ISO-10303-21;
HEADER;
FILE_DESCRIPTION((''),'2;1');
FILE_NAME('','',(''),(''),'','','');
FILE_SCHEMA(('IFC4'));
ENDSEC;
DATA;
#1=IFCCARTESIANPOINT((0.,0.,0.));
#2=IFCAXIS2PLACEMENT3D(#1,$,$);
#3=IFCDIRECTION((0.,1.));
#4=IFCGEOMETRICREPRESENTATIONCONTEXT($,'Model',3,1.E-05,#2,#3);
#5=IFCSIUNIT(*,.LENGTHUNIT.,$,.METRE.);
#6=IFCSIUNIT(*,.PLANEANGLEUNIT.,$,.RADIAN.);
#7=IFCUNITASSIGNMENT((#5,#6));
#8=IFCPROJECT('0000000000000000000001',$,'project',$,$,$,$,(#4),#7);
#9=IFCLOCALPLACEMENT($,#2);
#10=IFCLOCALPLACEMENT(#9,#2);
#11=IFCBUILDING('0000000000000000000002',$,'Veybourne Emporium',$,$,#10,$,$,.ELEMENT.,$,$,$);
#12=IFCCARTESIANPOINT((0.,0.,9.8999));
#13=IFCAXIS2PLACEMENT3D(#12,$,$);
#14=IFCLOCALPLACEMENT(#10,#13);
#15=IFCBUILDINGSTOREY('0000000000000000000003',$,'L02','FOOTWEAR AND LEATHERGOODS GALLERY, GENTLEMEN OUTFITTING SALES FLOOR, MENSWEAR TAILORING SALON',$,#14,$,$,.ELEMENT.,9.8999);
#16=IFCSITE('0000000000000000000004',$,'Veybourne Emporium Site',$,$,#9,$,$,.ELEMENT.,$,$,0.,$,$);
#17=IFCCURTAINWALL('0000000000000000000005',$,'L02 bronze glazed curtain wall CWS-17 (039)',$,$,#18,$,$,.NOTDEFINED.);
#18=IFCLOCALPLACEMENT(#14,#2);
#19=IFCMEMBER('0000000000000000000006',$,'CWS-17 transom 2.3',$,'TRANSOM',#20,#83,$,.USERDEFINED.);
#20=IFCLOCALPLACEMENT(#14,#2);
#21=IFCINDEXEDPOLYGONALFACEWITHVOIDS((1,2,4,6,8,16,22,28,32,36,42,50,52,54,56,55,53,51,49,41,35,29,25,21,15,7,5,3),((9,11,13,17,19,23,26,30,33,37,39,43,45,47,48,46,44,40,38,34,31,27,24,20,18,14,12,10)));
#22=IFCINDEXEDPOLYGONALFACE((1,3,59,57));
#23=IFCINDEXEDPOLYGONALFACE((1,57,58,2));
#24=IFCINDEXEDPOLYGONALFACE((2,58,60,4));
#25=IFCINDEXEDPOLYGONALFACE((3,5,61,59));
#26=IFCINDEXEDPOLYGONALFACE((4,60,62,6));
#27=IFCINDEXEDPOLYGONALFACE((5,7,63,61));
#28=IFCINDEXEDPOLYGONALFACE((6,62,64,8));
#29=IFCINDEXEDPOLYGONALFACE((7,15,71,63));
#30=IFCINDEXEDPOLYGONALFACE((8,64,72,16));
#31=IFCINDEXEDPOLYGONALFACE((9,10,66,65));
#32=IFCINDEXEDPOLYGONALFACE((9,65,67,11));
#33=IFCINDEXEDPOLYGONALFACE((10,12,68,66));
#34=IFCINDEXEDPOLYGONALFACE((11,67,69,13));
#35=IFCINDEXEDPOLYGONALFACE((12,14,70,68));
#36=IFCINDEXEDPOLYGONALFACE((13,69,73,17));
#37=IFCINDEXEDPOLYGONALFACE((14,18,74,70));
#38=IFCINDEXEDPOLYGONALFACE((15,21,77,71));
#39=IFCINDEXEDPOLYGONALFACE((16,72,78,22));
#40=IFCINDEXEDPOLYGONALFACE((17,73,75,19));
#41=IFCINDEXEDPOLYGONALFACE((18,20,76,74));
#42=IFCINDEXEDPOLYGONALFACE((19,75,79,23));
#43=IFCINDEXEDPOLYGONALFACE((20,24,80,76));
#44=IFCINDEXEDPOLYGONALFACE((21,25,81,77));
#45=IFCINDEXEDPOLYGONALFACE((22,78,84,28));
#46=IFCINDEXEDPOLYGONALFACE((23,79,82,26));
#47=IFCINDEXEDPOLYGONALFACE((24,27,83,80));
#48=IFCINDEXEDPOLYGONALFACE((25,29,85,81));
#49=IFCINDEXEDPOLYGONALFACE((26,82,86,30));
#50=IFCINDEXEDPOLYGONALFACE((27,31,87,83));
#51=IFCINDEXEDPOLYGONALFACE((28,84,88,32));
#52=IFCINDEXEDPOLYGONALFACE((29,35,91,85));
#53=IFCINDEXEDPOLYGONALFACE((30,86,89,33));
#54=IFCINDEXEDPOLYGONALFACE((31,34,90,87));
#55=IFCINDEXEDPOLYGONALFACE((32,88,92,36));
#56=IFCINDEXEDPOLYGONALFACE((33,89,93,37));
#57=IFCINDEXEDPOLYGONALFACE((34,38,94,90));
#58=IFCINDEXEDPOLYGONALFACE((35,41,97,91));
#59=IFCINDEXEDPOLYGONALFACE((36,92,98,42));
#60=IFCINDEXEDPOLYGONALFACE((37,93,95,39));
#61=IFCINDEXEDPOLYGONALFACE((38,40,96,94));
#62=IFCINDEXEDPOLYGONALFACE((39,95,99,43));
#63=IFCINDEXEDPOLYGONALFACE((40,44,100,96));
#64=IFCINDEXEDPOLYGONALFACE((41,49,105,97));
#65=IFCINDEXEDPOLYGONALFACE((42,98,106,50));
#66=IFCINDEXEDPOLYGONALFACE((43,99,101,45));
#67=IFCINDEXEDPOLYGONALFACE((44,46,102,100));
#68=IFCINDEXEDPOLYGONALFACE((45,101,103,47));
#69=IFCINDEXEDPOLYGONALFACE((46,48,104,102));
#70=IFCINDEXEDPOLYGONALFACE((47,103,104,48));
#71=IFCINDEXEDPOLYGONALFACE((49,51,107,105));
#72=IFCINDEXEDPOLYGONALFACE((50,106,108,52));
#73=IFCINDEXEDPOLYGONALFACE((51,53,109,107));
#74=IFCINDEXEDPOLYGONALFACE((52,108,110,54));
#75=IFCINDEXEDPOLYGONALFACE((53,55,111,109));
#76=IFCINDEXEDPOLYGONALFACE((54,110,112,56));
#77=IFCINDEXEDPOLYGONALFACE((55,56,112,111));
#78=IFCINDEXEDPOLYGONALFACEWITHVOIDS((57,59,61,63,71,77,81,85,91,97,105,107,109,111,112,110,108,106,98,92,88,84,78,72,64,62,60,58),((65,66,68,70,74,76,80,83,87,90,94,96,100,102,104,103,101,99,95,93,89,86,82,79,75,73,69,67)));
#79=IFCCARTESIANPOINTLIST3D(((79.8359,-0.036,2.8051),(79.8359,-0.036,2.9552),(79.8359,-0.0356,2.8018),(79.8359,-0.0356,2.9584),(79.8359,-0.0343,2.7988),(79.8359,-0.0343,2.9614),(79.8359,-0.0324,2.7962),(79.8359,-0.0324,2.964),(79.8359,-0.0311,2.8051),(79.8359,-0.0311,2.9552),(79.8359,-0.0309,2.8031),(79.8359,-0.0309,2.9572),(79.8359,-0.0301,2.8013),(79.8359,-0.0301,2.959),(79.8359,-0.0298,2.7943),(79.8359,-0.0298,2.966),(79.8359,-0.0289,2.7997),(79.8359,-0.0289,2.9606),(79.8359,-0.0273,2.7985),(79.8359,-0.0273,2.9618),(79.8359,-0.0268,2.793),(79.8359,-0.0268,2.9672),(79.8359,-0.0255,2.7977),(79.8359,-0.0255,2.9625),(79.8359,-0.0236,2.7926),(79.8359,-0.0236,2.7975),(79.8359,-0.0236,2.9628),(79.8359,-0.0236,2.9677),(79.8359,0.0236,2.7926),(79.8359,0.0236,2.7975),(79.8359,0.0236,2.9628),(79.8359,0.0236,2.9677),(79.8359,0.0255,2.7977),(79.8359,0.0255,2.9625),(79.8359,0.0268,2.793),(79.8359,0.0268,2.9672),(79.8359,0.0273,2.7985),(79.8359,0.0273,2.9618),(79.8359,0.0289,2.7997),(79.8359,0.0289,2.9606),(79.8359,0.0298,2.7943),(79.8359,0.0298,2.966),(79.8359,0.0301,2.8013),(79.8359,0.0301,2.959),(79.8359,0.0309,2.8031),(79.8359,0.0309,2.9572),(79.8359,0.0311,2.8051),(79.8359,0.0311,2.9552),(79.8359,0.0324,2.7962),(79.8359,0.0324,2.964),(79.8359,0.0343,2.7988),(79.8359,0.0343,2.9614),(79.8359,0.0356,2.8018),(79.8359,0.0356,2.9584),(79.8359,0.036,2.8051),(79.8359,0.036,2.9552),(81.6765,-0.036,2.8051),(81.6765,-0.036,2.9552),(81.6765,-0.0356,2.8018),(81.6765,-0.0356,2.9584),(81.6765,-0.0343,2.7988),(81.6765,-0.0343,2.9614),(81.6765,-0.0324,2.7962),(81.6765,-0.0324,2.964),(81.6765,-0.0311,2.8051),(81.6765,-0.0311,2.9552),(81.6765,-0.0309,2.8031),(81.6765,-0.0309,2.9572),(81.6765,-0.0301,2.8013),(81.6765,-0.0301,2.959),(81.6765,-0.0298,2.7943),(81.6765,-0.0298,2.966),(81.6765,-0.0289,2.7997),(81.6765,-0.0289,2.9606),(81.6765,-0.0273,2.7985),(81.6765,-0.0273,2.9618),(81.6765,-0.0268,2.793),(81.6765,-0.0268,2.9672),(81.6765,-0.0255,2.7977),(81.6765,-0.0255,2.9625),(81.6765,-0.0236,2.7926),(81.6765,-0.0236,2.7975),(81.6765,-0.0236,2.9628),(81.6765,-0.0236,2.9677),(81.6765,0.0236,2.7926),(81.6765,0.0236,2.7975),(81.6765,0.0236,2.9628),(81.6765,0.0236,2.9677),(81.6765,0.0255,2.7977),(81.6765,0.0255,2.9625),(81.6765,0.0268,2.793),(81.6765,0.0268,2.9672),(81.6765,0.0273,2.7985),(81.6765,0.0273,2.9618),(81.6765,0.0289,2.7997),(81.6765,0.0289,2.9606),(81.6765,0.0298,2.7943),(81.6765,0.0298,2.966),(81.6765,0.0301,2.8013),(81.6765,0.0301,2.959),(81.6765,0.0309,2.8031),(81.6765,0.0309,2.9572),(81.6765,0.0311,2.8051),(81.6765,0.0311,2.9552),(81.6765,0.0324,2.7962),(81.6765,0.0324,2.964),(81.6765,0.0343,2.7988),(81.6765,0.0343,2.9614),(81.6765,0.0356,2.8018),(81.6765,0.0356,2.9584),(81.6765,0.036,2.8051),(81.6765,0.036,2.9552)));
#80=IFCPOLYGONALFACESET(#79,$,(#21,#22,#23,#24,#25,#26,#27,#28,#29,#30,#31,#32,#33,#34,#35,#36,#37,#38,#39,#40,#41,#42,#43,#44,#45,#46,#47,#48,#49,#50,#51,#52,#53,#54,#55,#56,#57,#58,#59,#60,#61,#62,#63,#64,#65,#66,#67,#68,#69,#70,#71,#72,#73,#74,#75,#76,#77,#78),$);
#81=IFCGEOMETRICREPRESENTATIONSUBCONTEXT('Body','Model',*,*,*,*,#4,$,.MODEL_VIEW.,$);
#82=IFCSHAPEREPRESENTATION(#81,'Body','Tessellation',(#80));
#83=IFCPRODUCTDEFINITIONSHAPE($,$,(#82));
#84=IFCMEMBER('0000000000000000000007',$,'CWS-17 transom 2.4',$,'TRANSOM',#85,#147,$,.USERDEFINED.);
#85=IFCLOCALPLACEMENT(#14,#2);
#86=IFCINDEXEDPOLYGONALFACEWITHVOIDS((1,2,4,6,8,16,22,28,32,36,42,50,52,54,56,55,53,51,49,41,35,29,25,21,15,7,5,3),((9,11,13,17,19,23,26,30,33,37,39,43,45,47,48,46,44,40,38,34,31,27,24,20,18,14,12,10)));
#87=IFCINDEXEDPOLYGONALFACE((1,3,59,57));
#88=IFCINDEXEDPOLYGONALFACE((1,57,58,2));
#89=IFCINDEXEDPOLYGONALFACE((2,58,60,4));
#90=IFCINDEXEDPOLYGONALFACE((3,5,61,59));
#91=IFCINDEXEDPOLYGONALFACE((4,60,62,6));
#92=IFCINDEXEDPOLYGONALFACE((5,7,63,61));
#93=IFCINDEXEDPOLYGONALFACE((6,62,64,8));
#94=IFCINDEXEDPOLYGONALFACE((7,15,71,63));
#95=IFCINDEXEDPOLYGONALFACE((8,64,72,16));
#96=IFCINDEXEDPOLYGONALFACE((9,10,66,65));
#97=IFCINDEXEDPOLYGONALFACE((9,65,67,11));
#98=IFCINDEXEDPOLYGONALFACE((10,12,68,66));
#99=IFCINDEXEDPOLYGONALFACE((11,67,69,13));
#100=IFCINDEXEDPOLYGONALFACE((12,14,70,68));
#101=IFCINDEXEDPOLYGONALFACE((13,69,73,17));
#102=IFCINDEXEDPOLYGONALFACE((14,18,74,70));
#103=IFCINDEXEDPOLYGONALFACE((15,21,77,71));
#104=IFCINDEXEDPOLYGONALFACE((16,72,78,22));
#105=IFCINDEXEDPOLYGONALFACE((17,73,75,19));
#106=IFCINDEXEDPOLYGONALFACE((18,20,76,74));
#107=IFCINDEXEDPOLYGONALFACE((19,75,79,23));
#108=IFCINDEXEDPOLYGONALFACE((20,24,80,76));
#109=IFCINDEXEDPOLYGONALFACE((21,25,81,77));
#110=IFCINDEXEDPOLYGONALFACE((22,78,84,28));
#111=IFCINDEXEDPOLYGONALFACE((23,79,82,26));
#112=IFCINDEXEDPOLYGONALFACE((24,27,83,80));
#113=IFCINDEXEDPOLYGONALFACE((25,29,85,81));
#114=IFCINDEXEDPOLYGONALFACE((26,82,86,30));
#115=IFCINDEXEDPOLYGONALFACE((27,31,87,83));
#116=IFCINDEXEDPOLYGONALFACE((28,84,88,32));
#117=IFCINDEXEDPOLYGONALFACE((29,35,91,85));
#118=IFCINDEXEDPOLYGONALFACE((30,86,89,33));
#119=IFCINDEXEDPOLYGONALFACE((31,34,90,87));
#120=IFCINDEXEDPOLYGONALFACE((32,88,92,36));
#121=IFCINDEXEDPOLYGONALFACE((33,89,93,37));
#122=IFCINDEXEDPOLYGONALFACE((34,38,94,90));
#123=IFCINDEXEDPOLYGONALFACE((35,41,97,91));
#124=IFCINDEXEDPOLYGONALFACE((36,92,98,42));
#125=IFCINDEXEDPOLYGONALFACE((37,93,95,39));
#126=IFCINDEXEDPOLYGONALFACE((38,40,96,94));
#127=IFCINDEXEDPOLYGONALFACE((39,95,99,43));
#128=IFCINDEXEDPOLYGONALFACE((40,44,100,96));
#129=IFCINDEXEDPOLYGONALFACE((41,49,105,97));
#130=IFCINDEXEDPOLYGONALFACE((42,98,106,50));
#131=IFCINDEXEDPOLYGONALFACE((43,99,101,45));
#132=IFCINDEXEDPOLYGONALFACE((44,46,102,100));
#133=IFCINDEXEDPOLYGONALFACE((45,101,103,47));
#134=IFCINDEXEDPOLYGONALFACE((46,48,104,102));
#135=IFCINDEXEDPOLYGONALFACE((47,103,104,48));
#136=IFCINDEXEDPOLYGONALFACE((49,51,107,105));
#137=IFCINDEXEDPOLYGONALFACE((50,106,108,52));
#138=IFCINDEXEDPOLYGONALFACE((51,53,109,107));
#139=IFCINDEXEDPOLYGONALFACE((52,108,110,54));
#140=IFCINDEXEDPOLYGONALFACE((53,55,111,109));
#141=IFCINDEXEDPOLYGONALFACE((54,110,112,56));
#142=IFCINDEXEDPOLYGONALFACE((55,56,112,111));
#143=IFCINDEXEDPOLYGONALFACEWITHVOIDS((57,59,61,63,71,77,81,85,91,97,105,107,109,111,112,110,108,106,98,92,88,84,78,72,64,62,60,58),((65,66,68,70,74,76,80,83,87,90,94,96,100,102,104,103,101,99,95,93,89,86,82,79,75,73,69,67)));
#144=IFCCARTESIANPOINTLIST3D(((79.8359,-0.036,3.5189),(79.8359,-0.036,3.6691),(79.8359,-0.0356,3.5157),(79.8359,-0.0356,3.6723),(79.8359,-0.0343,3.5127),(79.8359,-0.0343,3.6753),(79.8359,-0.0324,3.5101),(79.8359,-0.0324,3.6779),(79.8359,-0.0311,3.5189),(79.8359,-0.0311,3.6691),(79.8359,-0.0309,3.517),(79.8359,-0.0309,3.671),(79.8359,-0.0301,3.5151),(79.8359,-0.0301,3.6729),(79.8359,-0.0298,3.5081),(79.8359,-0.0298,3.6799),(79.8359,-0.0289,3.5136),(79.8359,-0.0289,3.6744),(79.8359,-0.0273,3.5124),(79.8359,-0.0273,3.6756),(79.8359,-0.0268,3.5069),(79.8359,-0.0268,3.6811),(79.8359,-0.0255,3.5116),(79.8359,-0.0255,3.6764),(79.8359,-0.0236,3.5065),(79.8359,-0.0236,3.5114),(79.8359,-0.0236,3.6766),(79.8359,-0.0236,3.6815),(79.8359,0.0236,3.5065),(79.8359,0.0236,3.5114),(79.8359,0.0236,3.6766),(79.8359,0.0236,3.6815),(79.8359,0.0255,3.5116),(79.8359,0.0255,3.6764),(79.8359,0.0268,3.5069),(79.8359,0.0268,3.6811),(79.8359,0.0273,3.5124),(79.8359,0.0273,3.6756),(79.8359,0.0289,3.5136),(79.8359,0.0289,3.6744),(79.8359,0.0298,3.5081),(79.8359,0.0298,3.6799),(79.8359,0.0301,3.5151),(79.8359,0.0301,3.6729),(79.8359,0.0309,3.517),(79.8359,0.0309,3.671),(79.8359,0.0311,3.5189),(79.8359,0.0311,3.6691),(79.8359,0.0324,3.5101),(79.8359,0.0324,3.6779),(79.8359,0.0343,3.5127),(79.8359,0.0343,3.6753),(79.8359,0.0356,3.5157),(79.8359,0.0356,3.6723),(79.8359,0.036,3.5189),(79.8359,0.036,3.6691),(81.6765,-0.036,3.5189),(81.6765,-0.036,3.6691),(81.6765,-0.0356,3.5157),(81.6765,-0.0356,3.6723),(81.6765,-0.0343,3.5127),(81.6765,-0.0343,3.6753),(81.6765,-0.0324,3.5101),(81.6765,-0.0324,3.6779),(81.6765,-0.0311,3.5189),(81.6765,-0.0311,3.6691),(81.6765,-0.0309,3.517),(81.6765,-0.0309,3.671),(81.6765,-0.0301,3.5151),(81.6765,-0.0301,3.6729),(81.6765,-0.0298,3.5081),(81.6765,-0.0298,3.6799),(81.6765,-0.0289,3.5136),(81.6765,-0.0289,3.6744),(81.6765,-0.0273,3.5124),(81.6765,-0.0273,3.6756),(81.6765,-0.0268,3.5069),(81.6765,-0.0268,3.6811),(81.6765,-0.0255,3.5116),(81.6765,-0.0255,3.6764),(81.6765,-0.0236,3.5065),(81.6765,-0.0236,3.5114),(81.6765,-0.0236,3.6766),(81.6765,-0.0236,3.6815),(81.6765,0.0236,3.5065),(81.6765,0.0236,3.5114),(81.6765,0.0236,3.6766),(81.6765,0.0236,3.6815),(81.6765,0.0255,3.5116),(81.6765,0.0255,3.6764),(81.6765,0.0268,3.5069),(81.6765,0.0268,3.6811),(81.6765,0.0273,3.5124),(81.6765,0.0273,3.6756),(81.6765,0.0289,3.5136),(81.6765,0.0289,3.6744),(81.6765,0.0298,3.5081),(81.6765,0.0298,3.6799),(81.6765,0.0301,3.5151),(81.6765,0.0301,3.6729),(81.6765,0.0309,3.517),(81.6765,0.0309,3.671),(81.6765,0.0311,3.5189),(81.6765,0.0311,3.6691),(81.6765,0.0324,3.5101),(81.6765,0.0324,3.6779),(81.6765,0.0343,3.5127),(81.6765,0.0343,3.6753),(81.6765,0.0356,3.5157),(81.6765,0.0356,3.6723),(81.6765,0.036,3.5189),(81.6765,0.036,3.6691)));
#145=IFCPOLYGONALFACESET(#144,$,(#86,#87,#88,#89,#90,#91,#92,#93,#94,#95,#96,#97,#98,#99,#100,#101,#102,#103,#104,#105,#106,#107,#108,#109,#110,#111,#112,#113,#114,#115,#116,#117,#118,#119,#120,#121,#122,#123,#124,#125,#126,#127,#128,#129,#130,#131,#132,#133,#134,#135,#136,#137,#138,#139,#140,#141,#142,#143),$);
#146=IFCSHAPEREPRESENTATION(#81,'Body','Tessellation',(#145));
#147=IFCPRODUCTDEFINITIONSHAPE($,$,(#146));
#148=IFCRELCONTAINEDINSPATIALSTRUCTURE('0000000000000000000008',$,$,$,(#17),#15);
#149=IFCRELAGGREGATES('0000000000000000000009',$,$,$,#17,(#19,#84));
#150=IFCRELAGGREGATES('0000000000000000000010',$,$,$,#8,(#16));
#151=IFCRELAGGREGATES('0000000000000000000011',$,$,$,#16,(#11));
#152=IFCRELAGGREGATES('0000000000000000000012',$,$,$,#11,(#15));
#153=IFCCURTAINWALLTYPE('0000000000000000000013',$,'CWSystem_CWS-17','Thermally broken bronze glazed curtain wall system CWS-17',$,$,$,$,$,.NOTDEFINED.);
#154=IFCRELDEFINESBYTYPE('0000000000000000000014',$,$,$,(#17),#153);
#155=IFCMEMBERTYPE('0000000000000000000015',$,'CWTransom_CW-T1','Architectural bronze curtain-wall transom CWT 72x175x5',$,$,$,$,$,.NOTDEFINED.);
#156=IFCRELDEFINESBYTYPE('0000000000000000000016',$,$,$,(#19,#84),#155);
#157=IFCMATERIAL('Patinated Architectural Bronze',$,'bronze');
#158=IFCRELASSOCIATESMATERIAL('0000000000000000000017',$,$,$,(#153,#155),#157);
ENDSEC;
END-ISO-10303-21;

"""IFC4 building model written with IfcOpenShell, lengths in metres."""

from ifc_helpers import new_model, si_unit, direction, frame, origin, origin_2d, place, context, subcontext, project, spatial, hollow_rectangle, extrude, material, material_profile, profile_set, type_object, element, aggregate, save


model = new_model("IFC4")

# Units and contexts
model_context = context("Model", 3, precision=1e-05, world=origin(), true_north=direction((0.0, 1.0)))
body_context = subcontext(model_context, "Body", "Model", "MODEL_VIEW")
ifc_project = project(units=[si_unit("LENGTHUNIT", "METRE"), si_unit("PLANEANGLEUNIT", "RADIAN")], contexts=[model_context])

# Site, building, storey
site_placement = place(None, origin())
site = spatial("IfcSite", under=ifc_project, at=site_placement, Name="Veybourne Emporium Site", CompositionType="ELEMENT", RefElevation=0.0)
building_placement = place(site_placement, origin())
building = spatial("IfcBuilding", under=site, at=building_placement, Name="Veybourne Emporium", CompositionType="ELEMENT")
storey_placement = place(building_placement, frame((0.0, 0.0, 9.8999)))
storey = spatial("IfcBuildingStorey", under=building, at=storey_placement, Name="L02", Description="FOOTWEAR AND LEATHERGOODS GALLERY, GENTLEMEN OUTFITTING SALES FLOOR, MENSWEAR TAILORING SALON", CompositionType="ELEMENT", Elevation=9.8999)

# Curtain wall
ifc_material_1 = material(Name="Patinated Architectural Bronze", Category="bronze")
curtain_wall_type_1 = type_object("IfcCurtainWallType", Name="CWSystem_CWS-17", Description="Thermally broken bronze glazed curtain wall system CWS-17", PredefinedType="NOTDEFINED", material=ifc_material_1)
curtain_wall_1_placement = place(storey_placement, origin())
curtain_wall_1 = element("IfcCurtainWall", 1, at=curtain_wall_1_placement, inside=storey, type_object=curtain_wall_type_1, Name="L02 bronze glazed curtain wall CWS-17 (039)", PredefinedType="NOTDEFINED")

# Members
ifc_material_profile_1 = material_profile(ifc_material_1, hollow_rectangle(XDim=0.072, YDim=0.175, WallThickness=0.0049, InnerFilletRadius=0.0076, OuterFilletRadius=0.0125, at=origin_2d()), Name="CWT 72x175x5")
ifc_profile_set_1 = profile_set([ifc_material_profile_1], Name="Patinated Architectural Bronze")
member_type_1 = type_object("IfcMemberType", Name="CWTransom_CW-T1", Description="Architectural bronze curtain-wall transom CWT 72x175x5", PredefinedType="NOTDEFINED", material=ifc_profile_set_1)
member_1_placement = place(storey_placement, frame((81.6765, 0.0, 2.8801), z_axis=(-1.0, 0.0, 0.0), x_axis=(0.0, -1.0, 0.0)))
member_1 = element("IfcMember", 2, at=member_1_placement, type_object=member_type_1, Name="CWS-17 transom 2.3", ObjectType="TRANSOM", PredefinedType="USERDEFINED", context=body_context, shape_type="SweptSolid", body=[
    extrude(hollow_rectangle(XDim=0.072, YDim=0.175, WallThickness=0.0049, InnerFilletRadius=0.0076, OuterFilletRadius=0.0125, at=origin_2d()), origin(), (0.0, 0.0, 1.0), 1.8406),
])
member_2_placement = place(storey_placement, frame((81.6765, 0.0, 3.594), z_axis=(-1.0, 0.0, 0.0), x_axis=(0.0, -1.0, 0.0)))
member_2 = element("IfcMember", 3, at=member_2_placement, type_object=member_type_1, Name="CWS-17 transom 2.4", ObjectType="TRANSOM", PredefinedType="USERDEFINED", context=body_context, shape_type="SweptSolid", body=[
    extrude(hollow_rectangle(XDim=0.072, YDim=0.175, WallThickness=0.0049, InnerFilletRadius=0.0076, OuterFilletRadius=0.0125, at=origin_2d()), origin(), (0.0, 0.0, 1.0), 1.8406),
])

aggregate(curtain_wall_1, [member_1, member_2])

save(model, "model.ifc")
